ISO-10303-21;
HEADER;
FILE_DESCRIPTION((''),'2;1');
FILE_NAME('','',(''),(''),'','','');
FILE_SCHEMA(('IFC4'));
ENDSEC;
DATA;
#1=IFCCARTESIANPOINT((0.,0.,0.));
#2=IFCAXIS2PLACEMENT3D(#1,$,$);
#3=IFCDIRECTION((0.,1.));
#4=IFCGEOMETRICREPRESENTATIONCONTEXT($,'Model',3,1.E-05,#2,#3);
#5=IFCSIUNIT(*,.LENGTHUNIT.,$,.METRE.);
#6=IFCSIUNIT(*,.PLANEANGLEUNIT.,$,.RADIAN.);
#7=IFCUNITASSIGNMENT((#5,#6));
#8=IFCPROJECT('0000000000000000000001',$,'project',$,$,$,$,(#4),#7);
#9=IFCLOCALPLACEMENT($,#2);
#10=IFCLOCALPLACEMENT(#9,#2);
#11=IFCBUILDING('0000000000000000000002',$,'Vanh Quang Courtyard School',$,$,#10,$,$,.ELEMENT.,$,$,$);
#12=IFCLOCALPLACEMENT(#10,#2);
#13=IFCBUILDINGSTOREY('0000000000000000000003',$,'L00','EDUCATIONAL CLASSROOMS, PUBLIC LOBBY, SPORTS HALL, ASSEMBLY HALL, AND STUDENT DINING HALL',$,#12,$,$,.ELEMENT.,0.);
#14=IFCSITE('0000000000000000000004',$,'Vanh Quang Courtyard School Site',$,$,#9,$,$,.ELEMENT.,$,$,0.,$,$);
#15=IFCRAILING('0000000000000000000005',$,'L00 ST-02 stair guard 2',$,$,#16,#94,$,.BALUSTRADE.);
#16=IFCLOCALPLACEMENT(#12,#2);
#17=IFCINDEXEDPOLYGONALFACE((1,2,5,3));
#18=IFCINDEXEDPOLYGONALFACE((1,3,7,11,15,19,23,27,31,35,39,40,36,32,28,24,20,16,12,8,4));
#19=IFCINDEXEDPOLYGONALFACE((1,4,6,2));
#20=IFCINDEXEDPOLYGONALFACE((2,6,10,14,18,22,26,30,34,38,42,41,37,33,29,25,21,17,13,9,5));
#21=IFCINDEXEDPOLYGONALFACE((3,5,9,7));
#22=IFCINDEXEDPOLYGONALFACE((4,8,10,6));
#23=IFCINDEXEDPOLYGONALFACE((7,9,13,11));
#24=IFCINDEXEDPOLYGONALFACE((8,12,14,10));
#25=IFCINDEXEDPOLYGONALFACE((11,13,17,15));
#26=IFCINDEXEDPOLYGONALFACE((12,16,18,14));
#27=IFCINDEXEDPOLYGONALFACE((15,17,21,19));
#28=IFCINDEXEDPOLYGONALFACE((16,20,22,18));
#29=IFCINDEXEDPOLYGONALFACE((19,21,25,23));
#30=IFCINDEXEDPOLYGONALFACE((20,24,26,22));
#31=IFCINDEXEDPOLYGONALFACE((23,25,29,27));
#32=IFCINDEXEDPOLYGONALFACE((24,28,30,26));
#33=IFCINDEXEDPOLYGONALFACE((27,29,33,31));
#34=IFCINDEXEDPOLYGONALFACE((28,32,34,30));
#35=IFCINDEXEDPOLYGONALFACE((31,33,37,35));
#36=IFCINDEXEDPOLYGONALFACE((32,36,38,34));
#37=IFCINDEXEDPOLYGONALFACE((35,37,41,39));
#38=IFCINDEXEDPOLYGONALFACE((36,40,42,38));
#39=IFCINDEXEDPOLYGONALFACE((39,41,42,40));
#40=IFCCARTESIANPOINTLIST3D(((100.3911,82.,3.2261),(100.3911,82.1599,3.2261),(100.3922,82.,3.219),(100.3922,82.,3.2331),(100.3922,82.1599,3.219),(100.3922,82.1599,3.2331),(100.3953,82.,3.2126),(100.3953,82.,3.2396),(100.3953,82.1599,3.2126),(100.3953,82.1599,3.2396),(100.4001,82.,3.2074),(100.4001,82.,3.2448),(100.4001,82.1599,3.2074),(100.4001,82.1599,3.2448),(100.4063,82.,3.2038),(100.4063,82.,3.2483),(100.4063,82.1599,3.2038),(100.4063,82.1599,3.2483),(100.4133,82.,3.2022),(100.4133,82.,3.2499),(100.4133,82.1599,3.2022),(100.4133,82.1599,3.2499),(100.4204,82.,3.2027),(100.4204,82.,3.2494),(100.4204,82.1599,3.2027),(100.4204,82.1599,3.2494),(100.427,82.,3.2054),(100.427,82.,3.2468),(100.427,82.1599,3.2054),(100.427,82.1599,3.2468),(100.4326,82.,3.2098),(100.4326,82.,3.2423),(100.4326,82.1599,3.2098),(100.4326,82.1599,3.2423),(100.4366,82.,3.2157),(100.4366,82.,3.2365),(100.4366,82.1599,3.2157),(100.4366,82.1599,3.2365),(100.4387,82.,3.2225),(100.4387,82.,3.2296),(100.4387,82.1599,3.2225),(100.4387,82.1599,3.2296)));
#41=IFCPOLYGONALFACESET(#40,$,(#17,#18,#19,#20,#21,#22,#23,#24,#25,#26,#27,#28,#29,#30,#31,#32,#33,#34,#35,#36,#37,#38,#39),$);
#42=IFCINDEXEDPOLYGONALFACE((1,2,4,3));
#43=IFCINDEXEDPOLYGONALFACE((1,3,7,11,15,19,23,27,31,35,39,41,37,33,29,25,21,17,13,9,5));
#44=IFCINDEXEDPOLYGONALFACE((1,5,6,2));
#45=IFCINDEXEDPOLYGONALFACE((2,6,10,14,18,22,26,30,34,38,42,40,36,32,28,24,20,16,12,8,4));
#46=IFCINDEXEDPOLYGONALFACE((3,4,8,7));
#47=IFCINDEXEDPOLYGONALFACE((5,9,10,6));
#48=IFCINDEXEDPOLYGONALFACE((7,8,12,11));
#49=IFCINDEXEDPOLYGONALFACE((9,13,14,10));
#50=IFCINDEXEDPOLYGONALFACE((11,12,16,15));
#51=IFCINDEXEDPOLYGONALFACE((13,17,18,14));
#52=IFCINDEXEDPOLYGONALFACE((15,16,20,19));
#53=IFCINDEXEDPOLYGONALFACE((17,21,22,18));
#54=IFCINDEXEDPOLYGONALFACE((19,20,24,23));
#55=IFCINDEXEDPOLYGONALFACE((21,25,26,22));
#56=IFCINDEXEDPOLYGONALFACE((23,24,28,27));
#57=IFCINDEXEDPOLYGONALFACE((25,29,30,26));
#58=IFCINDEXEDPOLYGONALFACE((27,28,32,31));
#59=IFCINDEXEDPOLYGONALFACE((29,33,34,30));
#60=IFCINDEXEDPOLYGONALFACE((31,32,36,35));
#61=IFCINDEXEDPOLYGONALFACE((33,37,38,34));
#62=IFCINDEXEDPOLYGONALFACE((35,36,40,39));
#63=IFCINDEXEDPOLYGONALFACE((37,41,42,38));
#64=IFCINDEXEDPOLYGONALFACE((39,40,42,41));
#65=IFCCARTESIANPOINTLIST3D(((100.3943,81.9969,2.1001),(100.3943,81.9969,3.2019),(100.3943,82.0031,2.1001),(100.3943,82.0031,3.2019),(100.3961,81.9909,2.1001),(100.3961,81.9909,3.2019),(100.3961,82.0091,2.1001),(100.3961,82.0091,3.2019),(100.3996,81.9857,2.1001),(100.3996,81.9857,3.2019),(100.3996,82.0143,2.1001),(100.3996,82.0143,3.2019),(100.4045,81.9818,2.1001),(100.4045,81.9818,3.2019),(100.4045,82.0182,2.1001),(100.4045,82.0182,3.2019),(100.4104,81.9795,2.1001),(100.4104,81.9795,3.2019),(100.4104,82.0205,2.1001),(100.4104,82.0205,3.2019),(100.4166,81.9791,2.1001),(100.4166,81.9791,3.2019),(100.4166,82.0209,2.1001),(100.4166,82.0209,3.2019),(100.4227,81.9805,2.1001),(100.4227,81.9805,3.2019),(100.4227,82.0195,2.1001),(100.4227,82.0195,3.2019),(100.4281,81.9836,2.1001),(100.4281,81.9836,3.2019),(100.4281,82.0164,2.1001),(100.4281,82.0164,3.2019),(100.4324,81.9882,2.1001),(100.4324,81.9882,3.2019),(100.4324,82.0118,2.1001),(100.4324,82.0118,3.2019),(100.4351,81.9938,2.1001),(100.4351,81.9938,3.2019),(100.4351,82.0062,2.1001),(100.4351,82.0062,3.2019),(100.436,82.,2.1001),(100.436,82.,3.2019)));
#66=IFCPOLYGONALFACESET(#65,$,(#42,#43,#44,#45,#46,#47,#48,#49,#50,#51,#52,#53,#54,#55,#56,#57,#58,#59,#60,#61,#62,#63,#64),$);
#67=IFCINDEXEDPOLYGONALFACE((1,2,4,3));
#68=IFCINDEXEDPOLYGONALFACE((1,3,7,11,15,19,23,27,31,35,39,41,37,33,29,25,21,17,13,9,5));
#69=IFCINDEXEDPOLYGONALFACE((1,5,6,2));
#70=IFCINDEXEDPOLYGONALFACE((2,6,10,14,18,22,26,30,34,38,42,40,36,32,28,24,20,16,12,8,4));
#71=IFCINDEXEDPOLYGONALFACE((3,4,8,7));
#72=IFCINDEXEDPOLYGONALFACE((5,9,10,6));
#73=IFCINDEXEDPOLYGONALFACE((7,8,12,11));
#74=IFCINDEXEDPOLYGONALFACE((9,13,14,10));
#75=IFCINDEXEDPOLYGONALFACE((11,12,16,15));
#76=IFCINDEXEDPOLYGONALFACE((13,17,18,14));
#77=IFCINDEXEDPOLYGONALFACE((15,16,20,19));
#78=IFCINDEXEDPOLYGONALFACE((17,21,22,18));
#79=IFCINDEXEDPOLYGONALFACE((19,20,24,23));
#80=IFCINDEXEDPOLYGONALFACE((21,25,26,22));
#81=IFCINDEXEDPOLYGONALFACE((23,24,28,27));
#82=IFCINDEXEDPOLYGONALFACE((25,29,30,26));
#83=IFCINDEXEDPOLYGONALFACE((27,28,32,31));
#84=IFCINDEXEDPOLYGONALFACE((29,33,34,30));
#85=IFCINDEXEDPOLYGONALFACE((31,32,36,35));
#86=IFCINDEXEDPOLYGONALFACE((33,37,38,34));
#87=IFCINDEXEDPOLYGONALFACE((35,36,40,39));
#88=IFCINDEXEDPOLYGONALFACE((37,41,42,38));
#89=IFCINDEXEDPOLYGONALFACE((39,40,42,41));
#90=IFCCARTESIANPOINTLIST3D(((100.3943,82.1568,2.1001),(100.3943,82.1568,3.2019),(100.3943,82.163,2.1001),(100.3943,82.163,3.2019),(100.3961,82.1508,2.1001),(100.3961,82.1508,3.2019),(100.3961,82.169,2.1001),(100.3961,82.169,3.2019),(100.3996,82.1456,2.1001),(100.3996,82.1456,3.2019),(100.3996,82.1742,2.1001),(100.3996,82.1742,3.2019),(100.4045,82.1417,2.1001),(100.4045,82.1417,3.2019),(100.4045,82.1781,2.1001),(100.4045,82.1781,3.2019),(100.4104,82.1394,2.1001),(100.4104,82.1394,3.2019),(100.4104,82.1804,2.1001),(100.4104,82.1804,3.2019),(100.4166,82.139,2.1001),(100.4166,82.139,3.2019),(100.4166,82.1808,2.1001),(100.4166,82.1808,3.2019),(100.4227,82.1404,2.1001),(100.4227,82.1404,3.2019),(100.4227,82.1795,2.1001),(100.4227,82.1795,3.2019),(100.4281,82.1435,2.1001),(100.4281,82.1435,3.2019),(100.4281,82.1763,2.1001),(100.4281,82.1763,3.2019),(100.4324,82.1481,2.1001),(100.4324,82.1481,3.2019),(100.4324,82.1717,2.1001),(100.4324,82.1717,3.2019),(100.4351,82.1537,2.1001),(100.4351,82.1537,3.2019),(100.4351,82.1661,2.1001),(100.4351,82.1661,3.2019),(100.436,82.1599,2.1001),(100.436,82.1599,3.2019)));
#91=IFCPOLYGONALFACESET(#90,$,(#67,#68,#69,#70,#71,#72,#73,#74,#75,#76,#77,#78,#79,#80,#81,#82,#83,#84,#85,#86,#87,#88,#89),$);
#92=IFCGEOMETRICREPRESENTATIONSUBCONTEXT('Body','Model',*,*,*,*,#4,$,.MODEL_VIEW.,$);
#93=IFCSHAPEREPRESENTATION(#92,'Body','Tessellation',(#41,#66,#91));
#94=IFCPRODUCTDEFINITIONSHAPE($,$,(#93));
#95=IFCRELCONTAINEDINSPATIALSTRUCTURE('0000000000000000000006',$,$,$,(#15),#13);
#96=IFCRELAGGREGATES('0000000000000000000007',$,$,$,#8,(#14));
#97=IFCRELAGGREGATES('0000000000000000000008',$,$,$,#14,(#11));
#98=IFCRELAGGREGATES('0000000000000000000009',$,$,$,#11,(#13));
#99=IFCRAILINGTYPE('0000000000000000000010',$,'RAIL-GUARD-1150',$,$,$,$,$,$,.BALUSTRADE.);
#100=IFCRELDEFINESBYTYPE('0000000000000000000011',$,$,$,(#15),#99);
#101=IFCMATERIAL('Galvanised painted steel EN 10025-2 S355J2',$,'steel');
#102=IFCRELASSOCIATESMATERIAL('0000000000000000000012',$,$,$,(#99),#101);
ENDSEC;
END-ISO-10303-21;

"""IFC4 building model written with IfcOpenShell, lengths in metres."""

from ifc_helpers import new_model, si_unit, direction, frame, origin, origin_2d, place, context, subcontext, project, spatial, circle, extrude, material, type_object, element, save


model = new_model("IFC4")

# Units and contexts
model_context = context("Model", 3, precision=1e-05, world=origin(), true_north=direction((0.0, 1.0)))
body_context = subcontext(model_context, "Body", "Model", "MODEL_VIEW")
ifc_project = project(units=[si_unit("LENGTHUNIT", "METRE"), si_unit("PLANEANGLEUNIT", "RADIAN")], contexts=[model_context])

# Site, building, storey
site_placement = place(None, origin())
site = spatial("IfcSite", under=ifc_project, at=site_placement, Name="Vanh Quang Courtyard School Site", CompositionType="ELEMENT", RefElevation=0.0)
building_placement = place(site_placement, origin())
building = spatial("IfcBuilding", under=site, at=building_placement, Name="Vanh Quang Courtyard School", CompositionType="ELEMENT")
storey_placement = place(building_placement, origin())
storey = spatial("IfcBuildingStorey", under=building, at=storey_placement, Name="L00", Description="EDUCATIONAL CLASSROOMS, PUBLIC LOBBY, SPORTS HALL, ASSEMBLY HALL, AND STUDENT DINING HALL", CompositionType="ELEMENT", Elevation=0.0)

# Railing
ifc_material_1 = material(Name="Galvanised painted steel EN 10025-2 S355J2", Category="steel")
railing_type_1 = type_object("IfcRailingType", Name="RAIL-GUARD-1150", PredefinedType="BALUSTRADE", material=ifc_material_1)
railing_1_placement = place(storey_placement, frame((100.415, 82.0, 2.1001)))
element("IfcRailing", 1, at=railing_1_placement, inside=storey, type_object=railing_type_1, Name="L00 ST-02 stair guard 2", PredefinedType="BALUSTRADE", context=body_context, shape_type="SweptSolid", body=[
    extrude(circle(Radius=0.0239, at=origin_2d()), frame((0.0, 0.0, 1.126), z_axis=(0.0, 1.0, 0.0), x_axis=(-1.0, 0.0, 0.0)), (0.0, 0.0, 1.0), 0.1599),
    extrude(circle(Radius=0.021, at=origin_2d()), origin(), (0.0, 0.0, 1.0), 1.1018),
    extrude(circle(Radius=0.021, at=origin_2d()), frame((0.0, 0.1599, 0.0)), (0.0, 0.0, 1.0), 1.1018),
])

save(model, "model.ifc")
